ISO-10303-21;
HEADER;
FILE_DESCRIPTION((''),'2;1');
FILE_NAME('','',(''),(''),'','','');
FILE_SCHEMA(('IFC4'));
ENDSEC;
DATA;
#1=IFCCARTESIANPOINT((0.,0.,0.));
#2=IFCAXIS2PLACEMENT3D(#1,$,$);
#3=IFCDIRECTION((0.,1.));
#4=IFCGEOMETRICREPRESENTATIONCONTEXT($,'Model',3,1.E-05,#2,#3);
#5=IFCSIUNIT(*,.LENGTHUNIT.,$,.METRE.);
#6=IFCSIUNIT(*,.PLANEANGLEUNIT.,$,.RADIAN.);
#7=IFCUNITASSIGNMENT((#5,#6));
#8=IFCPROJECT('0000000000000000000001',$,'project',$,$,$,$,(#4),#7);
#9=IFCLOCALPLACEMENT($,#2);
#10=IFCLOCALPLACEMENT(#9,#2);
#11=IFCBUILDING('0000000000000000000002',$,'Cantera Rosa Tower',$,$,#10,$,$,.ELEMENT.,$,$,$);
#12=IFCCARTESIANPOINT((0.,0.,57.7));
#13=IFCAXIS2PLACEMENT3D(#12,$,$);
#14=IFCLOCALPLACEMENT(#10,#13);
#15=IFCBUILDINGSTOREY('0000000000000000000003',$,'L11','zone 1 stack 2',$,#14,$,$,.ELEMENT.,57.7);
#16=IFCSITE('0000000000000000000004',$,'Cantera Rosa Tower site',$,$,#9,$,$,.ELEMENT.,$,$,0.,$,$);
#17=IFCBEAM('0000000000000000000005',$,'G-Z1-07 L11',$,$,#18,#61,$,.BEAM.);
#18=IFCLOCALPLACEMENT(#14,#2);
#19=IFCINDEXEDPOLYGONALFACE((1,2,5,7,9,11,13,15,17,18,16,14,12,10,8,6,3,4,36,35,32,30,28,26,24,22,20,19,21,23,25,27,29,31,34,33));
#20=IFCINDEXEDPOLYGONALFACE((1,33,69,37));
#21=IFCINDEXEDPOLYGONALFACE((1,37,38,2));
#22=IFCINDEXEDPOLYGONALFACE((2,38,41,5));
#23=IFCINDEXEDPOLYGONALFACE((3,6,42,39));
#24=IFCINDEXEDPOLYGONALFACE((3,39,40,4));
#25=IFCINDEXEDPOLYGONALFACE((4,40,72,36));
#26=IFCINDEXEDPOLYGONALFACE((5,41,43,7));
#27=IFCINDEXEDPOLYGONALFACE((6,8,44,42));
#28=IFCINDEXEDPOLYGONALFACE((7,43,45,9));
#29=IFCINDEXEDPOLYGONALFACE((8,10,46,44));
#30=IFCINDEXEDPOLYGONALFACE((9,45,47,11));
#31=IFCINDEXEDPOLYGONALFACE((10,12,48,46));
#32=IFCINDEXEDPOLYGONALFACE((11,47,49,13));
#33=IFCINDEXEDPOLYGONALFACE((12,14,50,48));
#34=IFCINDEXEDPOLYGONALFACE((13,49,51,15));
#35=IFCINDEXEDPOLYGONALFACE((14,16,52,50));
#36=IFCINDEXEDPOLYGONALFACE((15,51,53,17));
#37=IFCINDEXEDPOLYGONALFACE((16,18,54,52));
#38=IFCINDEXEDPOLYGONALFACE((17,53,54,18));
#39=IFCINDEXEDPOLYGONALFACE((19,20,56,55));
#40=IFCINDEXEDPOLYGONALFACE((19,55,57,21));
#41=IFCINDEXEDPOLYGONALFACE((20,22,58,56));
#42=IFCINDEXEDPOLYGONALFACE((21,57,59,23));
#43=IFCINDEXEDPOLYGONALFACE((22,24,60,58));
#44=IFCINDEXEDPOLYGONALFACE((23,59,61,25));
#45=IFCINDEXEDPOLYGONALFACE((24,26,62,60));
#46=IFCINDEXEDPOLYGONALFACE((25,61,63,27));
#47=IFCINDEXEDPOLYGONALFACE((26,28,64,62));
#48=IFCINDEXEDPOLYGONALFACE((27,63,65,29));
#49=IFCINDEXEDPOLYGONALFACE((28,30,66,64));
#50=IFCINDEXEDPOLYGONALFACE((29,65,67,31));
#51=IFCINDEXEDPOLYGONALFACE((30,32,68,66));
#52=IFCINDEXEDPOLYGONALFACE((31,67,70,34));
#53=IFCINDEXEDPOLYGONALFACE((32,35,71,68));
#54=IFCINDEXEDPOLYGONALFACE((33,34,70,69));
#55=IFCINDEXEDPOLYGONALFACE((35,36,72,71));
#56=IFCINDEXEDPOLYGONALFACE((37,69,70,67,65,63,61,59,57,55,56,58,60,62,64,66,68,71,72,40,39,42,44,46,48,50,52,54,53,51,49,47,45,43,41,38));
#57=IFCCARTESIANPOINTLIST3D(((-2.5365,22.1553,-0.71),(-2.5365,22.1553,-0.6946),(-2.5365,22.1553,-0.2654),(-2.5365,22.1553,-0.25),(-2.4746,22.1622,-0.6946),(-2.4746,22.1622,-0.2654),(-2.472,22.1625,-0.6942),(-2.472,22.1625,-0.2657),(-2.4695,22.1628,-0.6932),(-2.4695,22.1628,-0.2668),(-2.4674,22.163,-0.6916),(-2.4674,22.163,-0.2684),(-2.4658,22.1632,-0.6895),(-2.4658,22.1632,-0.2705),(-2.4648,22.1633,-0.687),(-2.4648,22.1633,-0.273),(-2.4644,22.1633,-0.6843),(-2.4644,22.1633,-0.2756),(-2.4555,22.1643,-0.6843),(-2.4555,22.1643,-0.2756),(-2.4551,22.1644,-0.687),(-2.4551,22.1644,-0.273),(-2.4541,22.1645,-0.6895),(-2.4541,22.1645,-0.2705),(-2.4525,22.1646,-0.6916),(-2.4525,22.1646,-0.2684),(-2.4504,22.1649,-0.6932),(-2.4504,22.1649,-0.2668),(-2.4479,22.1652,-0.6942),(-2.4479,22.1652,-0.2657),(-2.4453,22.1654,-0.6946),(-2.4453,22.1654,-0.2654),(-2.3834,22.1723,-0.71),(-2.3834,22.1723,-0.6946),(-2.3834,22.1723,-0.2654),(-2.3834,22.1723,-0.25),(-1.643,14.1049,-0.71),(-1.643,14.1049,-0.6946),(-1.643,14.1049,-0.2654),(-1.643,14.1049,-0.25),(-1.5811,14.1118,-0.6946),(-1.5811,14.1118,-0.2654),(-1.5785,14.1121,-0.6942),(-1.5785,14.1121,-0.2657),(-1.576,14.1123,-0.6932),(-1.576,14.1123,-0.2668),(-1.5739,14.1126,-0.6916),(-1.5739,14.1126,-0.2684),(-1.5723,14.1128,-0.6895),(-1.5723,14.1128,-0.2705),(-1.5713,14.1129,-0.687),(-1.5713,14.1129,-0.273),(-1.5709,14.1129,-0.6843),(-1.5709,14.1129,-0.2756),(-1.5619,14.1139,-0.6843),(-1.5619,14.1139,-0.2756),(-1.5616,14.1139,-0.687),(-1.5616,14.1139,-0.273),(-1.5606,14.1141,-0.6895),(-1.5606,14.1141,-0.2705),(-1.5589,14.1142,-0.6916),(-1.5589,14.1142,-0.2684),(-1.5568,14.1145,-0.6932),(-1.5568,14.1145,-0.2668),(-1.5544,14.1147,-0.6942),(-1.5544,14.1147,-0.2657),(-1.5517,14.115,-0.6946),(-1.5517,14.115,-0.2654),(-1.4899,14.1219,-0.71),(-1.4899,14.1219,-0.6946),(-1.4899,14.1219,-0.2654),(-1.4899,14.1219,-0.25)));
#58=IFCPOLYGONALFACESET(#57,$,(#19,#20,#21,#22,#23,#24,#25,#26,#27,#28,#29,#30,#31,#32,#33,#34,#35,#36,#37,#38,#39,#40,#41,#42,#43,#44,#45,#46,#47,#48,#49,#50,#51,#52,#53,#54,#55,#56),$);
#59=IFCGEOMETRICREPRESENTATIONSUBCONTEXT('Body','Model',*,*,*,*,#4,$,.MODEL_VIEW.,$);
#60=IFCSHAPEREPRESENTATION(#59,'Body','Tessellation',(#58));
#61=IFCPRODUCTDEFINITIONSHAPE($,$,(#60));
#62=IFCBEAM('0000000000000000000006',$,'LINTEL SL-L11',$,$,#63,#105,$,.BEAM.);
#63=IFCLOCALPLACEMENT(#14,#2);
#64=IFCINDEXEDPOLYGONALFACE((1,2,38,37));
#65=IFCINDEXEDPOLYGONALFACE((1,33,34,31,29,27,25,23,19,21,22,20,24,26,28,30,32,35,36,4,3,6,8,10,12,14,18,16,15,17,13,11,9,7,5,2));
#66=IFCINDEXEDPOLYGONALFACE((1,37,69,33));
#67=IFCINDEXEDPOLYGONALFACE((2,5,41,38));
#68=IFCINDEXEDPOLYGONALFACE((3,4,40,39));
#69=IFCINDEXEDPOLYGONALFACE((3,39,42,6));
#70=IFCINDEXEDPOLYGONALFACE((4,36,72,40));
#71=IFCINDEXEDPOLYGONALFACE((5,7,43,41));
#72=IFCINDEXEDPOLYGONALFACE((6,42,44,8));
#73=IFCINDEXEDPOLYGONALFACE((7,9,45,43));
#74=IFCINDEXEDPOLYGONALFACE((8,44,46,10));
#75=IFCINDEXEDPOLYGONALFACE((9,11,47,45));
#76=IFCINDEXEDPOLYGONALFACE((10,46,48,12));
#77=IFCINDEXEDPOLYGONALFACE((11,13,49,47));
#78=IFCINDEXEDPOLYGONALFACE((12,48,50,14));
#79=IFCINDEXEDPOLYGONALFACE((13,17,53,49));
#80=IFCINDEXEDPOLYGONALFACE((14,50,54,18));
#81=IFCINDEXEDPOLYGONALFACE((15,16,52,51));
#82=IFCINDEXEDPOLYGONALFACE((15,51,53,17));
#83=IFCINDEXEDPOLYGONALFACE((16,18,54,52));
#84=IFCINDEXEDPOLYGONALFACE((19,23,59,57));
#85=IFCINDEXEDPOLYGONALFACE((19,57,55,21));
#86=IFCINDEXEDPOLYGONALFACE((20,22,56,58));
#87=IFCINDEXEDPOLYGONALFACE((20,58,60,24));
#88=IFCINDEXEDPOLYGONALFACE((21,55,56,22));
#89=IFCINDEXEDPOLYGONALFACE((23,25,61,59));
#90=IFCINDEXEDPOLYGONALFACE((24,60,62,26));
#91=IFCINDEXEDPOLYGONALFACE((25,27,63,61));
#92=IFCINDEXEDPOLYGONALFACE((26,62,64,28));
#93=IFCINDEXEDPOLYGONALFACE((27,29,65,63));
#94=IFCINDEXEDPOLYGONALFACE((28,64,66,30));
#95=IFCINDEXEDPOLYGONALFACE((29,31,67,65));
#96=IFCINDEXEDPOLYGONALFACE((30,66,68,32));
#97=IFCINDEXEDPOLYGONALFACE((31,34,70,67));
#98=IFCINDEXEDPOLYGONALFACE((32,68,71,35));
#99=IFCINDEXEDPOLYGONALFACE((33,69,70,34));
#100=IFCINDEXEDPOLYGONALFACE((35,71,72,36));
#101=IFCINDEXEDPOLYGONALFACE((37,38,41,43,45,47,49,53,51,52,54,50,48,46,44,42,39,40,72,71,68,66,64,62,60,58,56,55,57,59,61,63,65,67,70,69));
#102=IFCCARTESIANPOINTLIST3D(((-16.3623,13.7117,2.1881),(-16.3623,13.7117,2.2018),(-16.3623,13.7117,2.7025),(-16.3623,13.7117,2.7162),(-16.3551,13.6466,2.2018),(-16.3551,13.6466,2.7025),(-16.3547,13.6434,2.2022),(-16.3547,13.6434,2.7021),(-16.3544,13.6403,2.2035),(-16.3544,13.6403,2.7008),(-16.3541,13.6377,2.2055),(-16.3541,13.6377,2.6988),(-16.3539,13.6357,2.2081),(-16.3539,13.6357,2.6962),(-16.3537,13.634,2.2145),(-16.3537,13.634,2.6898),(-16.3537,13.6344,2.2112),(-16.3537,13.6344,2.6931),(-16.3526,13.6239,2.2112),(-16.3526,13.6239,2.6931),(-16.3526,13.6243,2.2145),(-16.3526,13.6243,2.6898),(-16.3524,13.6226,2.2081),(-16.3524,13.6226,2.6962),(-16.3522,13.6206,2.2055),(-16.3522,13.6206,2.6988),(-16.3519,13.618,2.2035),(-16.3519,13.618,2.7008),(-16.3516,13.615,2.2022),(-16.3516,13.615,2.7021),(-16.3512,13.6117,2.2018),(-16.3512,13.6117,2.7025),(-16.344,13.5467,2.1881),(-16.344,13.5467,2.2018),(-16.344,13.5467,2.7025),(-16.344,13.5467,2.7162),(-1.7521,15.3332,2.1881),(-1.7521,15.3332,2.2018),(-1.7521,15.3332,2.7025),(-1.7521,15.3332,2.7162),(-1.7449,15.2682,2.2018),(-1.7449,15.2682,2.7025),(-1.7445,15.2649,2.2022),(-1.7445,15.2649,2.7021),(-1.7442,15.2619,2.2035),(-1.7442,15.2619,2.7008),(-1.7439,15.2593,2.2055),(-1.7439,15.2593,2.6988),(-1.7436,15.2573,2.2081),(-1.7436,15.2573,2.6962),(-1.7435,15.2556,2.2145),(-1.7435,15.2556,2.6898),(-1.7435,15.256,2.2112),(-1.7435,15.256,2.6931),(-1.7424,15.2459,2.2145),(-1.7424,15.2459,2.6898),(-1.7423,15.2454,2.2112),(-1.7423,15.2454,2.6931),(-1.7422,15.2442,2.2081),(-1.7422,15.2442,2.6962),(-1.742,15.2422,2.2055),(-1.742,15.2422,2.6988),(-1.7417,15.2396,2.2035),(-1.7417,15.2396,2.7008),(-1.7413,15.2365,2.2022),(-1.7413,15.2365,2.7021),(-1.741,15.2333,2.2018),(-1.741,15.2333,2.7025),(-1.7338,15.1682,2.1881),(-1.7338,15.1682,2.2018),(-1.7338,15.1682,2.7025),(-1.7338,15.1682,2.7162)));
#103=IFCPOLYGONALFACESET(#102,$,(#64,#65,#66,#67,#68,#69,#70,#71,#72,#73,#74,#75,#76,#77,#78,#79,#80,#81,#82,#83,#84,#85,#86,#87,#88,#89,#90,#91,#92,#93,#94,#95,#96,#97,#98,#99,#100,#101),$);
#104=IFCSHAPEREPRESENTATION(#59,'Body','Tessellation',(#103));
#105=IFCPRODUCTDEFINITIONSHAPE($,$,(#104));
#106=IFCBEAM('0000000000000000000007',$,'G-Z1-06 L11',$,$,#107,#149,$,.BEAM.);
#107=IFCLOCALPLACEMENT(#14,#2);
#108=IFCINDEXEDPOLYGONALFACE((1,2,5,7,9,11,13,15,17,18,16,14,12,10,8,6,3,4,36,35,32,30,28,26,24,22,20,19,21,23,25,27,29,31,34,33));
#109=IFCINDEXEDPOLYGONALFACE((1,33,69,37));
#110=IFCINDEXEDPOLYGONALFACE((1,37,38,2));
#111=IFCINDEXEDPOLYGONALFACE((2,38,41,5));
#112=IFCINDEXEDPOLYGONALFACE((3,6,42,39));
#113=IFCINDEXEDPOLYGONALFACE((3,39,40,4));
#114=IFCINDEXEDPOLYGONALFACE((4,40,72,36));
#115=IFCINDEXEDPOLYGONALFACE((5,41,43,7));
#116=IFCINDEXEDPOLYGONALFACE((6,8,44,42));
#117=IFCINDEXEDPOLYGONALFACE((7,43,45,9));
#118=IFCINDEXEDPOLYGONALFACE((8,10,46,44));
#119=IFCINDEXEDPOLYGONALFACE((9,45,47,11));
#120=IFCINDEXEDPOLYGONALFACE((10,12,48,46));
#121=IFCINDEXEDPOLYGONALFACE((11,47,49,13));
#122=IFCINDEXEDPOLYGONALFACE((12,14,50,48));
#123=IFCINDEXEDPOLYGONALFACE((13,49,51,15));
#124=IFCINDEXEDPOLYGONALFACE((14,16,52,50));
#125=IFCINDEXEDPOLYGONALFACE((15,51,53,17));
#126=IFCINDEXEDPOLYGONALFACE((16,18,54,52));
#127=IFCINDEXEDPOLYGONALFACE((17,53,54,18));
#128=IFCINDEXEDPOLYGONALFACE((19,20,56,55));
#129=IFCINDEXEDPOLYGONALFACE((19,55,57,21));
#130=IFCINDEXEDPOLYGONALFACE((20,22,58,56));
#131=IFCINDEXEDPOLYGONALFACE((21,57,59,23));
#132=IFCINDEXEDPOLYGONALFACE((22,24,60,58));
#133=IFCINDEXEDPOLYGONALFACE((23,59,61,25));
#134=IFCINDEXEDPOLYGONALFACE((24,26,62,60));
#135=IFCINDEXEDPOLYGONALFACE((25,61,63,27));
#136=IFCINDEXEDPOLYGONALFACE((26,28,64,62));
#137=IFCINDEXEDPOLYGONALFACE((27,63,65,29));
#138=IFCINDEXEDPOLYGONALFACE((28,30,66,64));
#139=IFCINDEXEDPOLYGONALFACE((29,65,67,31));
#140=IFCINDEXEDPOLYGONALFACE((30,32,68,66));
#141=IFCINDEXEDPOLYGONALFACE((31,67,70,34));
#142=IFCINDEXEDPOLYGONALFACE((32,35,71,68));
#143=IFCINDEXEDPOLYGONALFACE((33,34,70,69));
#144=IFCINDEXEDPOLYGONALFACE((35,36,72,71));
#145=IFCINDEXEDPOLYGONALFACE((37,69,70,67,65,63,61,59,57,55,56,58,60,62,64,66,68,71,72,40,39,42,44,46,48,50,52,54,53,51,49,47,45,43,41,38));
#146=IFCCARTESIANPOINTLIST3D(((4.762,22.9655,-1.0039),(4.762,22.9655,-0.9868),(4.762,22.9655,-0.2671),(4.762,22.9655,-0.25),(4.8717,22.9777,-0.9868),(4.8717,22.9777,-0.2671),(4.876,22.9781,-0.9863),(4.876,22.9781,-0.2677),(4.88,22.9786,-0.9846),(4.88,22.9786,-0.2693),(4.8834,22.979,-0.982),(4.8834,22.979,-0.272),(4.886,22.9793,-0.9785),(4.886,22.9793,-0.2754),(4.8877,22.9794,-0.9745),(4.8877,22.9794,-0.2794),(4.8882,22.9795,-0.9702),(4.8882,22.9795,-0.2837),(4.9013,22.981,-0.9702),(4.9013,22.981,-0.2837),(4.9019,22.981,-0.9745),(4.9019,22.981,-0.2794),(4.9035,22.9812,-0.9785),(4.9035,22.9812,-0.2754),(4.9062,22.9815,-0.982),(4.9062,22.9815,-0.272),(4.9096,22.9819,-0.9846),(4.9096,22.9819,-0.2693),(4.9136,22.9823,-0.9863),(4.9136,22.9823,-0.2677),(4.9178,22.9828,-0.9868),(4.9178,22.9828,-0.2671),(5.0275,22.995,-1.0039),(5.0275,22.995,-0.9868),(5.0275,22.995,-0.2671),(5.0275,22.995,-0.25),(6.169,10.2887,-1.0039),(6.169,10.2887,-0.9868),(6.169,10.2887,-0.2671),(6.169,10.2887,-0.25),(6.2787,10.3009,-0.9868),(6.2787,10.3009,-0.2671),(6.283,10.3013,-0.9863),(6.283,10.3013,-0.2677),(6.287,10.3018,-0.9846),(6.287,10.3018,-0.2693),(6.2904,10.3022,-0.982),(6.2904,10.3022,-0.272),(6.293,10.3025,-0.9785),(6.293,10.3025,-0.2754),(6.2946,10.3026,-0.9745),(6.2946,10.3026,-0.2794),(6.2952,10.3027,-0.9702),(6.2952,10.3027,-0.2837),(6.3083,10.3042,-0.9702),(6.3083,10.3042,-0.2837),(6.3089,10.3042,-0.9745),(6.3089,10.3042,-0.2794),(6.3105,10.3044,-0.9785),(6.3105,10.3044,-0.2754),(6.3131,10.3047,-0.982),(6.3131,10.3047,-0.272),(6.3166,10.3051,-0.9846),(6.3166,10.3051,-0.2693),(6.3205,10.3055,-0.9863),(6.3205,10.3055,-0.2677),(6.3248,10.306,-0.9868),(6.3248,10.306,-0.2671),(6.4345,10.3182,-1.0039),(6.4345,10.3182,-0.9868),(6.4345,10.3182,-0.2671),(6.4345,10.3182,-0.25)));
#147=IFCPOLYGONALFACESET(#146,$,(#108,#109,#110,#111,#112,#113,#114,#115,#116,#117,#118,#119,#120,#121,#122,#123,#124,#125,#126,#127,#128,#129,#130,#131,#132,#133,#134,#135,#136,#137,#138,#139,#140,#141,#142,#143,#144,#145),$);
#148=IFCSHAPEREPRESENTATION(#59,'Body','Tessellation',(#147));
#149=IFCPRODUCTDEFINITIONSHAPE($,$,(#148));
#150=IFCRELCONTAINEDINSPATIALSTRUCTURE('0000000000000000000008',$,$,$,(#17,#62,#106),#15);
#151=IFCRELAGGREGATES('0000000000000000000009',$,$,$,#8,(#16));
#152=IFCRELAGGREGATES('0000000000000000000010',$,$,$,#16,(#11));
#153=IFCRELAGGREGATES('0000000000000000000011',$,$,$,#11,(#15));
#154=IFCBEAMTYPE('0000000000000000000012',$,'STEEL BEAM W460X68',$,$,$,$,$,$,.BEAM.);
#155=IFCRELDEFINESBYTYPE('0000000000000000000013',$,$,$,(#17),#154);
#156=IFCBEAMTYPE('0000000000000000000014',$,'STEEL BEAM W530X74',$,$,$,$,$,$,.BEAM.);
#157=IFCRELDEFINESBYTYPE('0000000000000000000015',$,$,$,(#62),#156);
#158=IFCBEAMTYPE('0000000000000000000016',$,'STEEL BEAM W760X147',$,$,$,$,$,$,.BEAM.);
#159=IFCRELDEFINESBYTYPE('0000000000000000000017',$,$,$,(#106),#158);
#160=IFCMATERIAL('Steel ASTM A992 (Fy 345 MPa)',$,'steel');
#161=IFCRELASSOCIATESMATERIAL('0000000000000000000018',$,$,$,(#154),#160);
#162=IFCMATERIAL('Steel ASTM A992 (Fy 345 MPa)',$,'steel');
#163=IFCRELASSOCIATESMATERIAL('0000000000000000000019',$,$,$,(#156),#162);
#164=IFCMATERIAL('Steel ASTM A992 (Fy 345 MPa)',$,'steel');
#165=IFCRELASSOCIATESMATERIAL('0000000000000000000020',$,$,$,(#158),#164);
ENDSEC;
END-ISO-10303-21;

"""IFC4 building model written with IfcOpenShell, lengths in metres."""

from ifc_helpers import new_model, si_unit, direction, frame, origin, origin_2d, place, context, subcontext, project, spatial, i_section, extrude, material, material_profile, profile_set, type_object, element, save


model = new_model("IFC4")

# Units and contexts
model_context = context("Model", 3, precision=1e-05, world=origin(), true_north=direction((0.0, 1.0)))
body_context = subcontext(model_context, "Body", "Model", "MODEL_VIEW")
ifc_project = project(units=[si_unit("LENGTHUNIT", "METRE"), si_unit("PLANEANGLEUNIT", "RADIAN")], contexts=[model_context])

# Site, building, storey
site_placement = place(None, origin())
site = spatial("IfcSite", under=ifc_project, at=site_placement, Name="Cantera Rosa Tower site", CompositionType="ELEMENT", RefElevation=0.0)
building_placement = place(site_placement, origin())
building = spatial("IfcBuilding", under=site, at=building_placement, Name="Cantera Rosa Tower", CompositionType="ELEMENT")
storey_placement = place(building_placement, frame((0.0, 0.0, 57.7)))
storey = spatial("IfcBuildingStorey", under=building, at=storey_placement, Name="L11", Description="zone 1 stack 2", CompositionType="ELEMENT", Elevation=57.7)

# Beams
ifc_material_1 = material(Name="Steel ASTM A992 (Fy 345 MPa)", Category="steel")
ifc_material_profile_1 = material_profile(ifc_material_1, i_section(OverallWidth=0.1541, OverallDepth=0.46, WebThickness=0.009, FlangeThickness=0.0154, FilletRadius=0.0103, at=origin_2d()), Name="W460X68")
ifc_profile_set_1 = profile_set([ifc_material_profile_1], Name="Steel ASTM A992 (Fy 345 MPa)")
beam_type_1 = type_object("IfcBeamType", Name="STEEL BEAM W460X68", PredefinedType="BEAM", material=ifc_profile_set_1)
beam_1_placement = place(storey_placement, frame((-2.46, 22.1638, -0.48), z_axis=(0.110316, -0.993897, 0.0), x_axis=(0.993897, 0.110316, 0.0)))
element("IfcBeam", 1, at=beam_1_placement, inside=storey, type_object=beam_type_1, Name="G-Z1-07 L11", PredefinedType="BEAM", context=body_context, shape_type="SweptSolid", body=[
    extrude(i_section(OverallWidth=0.1541, OverallDepth=0.46, WebThickness=0.009, FlangeThickness=0.0154, FilletRadius=0.0103, at=origin_2d()), origin(), (0.0, 0.0, 1.0), 8.0999),
])
ifc_material_2 = material(Name="Steel ASTM A992 (Fy 345 MPa)", Category="steel")
ifc_material_profile_2 = material_profile(ifc_material_2, i_section(OverallWidth=0.166, OverallDepth=0.5281, WebThickness=0.0098, FlangeThickness=0.0137, FilletRadius=0.0127, at=origin_2d()), Name="W530X74")
ifc_profile_set_2 = profile_set([ifc_material_profile_2], Name="Steel ASTM A992 (Fy 345 MPa)")
beam_type_2 = type_object("IfcBeamType", Name="STEEL BEAM W530X74", PredefinedType="BEAM", material=ifc_profile_set_2)
beam_2_placement = place(storey_placement, frame((-1.7429, 15.2507, 2.4521), z_axis=(-0.993897, -0.110311, 0.0), x_axis=(0.110311, -0.993897, 0.0)))
element("IfcBeam", 2, at=beam_2_placement, inside=storey, type_object=beam_type_2, Name="LINTEL SL-L11", PredefinedType="BEAM", context=body_context, shape_type="SweptSolid", body=[
    extrude(i_section(OverallWidth=0.166, OverallDepth=0.5281, WebThickness=0.0098, FlangeThickness=0.0137, FilletRadius=0.0127, at=origin_2d()), origin(), (0.0, 0.0, 1.0), 14.7),
])
ifc_material_3 = material(Name="Steel ASTM A992 (Fy 345 MPa)", Category="steel")
ifc_material_profile_3 = material_profile(ifc_material_3, i_section(OverallWidth=0.2671, OverallDepth=0.7539, WebThickness=0.0132, FlangeThickness=0.0171, FilletRadius=0.0166, at=origin_2d()), Name="W760X147")
ifc_profile_set_3 = profile_set([ifc_material_profile_3], Name="Steel ASTM A992 (Fy 345 MPa)")
beam_type_3 = type_object("IfcBeamType", Name="STEEL BEAM W760X147", PredefinedType="BEAM", material=ifc_profile_set_3)
beam_3_placement = place(storey_placement, frame((4.8948, 22.9802, -0.627), z_axis=(0.110312, -0.993897, 0.0), x_axis=(0.993897, 0.110312, 0.0)))
element("IfcBeam", 3, at=beam_3_placement, inside=storey, type_object=beam_type_3, Name="G-Z1-06 L11", PredefinedType="BEAM", context=body_context, shape_type="SweptSolid", body=[
    extrude(i_section(OverallWidth=0.2671, OverallDepth=0.7539, WebThickness=0.0132, FlangeThickness=0.0171, FilletRadius=0.0166, at=origin_2d()), origin(), (0.0, 0.0, 1.0), 12.7546),
])

save(model, "model.ifc")
